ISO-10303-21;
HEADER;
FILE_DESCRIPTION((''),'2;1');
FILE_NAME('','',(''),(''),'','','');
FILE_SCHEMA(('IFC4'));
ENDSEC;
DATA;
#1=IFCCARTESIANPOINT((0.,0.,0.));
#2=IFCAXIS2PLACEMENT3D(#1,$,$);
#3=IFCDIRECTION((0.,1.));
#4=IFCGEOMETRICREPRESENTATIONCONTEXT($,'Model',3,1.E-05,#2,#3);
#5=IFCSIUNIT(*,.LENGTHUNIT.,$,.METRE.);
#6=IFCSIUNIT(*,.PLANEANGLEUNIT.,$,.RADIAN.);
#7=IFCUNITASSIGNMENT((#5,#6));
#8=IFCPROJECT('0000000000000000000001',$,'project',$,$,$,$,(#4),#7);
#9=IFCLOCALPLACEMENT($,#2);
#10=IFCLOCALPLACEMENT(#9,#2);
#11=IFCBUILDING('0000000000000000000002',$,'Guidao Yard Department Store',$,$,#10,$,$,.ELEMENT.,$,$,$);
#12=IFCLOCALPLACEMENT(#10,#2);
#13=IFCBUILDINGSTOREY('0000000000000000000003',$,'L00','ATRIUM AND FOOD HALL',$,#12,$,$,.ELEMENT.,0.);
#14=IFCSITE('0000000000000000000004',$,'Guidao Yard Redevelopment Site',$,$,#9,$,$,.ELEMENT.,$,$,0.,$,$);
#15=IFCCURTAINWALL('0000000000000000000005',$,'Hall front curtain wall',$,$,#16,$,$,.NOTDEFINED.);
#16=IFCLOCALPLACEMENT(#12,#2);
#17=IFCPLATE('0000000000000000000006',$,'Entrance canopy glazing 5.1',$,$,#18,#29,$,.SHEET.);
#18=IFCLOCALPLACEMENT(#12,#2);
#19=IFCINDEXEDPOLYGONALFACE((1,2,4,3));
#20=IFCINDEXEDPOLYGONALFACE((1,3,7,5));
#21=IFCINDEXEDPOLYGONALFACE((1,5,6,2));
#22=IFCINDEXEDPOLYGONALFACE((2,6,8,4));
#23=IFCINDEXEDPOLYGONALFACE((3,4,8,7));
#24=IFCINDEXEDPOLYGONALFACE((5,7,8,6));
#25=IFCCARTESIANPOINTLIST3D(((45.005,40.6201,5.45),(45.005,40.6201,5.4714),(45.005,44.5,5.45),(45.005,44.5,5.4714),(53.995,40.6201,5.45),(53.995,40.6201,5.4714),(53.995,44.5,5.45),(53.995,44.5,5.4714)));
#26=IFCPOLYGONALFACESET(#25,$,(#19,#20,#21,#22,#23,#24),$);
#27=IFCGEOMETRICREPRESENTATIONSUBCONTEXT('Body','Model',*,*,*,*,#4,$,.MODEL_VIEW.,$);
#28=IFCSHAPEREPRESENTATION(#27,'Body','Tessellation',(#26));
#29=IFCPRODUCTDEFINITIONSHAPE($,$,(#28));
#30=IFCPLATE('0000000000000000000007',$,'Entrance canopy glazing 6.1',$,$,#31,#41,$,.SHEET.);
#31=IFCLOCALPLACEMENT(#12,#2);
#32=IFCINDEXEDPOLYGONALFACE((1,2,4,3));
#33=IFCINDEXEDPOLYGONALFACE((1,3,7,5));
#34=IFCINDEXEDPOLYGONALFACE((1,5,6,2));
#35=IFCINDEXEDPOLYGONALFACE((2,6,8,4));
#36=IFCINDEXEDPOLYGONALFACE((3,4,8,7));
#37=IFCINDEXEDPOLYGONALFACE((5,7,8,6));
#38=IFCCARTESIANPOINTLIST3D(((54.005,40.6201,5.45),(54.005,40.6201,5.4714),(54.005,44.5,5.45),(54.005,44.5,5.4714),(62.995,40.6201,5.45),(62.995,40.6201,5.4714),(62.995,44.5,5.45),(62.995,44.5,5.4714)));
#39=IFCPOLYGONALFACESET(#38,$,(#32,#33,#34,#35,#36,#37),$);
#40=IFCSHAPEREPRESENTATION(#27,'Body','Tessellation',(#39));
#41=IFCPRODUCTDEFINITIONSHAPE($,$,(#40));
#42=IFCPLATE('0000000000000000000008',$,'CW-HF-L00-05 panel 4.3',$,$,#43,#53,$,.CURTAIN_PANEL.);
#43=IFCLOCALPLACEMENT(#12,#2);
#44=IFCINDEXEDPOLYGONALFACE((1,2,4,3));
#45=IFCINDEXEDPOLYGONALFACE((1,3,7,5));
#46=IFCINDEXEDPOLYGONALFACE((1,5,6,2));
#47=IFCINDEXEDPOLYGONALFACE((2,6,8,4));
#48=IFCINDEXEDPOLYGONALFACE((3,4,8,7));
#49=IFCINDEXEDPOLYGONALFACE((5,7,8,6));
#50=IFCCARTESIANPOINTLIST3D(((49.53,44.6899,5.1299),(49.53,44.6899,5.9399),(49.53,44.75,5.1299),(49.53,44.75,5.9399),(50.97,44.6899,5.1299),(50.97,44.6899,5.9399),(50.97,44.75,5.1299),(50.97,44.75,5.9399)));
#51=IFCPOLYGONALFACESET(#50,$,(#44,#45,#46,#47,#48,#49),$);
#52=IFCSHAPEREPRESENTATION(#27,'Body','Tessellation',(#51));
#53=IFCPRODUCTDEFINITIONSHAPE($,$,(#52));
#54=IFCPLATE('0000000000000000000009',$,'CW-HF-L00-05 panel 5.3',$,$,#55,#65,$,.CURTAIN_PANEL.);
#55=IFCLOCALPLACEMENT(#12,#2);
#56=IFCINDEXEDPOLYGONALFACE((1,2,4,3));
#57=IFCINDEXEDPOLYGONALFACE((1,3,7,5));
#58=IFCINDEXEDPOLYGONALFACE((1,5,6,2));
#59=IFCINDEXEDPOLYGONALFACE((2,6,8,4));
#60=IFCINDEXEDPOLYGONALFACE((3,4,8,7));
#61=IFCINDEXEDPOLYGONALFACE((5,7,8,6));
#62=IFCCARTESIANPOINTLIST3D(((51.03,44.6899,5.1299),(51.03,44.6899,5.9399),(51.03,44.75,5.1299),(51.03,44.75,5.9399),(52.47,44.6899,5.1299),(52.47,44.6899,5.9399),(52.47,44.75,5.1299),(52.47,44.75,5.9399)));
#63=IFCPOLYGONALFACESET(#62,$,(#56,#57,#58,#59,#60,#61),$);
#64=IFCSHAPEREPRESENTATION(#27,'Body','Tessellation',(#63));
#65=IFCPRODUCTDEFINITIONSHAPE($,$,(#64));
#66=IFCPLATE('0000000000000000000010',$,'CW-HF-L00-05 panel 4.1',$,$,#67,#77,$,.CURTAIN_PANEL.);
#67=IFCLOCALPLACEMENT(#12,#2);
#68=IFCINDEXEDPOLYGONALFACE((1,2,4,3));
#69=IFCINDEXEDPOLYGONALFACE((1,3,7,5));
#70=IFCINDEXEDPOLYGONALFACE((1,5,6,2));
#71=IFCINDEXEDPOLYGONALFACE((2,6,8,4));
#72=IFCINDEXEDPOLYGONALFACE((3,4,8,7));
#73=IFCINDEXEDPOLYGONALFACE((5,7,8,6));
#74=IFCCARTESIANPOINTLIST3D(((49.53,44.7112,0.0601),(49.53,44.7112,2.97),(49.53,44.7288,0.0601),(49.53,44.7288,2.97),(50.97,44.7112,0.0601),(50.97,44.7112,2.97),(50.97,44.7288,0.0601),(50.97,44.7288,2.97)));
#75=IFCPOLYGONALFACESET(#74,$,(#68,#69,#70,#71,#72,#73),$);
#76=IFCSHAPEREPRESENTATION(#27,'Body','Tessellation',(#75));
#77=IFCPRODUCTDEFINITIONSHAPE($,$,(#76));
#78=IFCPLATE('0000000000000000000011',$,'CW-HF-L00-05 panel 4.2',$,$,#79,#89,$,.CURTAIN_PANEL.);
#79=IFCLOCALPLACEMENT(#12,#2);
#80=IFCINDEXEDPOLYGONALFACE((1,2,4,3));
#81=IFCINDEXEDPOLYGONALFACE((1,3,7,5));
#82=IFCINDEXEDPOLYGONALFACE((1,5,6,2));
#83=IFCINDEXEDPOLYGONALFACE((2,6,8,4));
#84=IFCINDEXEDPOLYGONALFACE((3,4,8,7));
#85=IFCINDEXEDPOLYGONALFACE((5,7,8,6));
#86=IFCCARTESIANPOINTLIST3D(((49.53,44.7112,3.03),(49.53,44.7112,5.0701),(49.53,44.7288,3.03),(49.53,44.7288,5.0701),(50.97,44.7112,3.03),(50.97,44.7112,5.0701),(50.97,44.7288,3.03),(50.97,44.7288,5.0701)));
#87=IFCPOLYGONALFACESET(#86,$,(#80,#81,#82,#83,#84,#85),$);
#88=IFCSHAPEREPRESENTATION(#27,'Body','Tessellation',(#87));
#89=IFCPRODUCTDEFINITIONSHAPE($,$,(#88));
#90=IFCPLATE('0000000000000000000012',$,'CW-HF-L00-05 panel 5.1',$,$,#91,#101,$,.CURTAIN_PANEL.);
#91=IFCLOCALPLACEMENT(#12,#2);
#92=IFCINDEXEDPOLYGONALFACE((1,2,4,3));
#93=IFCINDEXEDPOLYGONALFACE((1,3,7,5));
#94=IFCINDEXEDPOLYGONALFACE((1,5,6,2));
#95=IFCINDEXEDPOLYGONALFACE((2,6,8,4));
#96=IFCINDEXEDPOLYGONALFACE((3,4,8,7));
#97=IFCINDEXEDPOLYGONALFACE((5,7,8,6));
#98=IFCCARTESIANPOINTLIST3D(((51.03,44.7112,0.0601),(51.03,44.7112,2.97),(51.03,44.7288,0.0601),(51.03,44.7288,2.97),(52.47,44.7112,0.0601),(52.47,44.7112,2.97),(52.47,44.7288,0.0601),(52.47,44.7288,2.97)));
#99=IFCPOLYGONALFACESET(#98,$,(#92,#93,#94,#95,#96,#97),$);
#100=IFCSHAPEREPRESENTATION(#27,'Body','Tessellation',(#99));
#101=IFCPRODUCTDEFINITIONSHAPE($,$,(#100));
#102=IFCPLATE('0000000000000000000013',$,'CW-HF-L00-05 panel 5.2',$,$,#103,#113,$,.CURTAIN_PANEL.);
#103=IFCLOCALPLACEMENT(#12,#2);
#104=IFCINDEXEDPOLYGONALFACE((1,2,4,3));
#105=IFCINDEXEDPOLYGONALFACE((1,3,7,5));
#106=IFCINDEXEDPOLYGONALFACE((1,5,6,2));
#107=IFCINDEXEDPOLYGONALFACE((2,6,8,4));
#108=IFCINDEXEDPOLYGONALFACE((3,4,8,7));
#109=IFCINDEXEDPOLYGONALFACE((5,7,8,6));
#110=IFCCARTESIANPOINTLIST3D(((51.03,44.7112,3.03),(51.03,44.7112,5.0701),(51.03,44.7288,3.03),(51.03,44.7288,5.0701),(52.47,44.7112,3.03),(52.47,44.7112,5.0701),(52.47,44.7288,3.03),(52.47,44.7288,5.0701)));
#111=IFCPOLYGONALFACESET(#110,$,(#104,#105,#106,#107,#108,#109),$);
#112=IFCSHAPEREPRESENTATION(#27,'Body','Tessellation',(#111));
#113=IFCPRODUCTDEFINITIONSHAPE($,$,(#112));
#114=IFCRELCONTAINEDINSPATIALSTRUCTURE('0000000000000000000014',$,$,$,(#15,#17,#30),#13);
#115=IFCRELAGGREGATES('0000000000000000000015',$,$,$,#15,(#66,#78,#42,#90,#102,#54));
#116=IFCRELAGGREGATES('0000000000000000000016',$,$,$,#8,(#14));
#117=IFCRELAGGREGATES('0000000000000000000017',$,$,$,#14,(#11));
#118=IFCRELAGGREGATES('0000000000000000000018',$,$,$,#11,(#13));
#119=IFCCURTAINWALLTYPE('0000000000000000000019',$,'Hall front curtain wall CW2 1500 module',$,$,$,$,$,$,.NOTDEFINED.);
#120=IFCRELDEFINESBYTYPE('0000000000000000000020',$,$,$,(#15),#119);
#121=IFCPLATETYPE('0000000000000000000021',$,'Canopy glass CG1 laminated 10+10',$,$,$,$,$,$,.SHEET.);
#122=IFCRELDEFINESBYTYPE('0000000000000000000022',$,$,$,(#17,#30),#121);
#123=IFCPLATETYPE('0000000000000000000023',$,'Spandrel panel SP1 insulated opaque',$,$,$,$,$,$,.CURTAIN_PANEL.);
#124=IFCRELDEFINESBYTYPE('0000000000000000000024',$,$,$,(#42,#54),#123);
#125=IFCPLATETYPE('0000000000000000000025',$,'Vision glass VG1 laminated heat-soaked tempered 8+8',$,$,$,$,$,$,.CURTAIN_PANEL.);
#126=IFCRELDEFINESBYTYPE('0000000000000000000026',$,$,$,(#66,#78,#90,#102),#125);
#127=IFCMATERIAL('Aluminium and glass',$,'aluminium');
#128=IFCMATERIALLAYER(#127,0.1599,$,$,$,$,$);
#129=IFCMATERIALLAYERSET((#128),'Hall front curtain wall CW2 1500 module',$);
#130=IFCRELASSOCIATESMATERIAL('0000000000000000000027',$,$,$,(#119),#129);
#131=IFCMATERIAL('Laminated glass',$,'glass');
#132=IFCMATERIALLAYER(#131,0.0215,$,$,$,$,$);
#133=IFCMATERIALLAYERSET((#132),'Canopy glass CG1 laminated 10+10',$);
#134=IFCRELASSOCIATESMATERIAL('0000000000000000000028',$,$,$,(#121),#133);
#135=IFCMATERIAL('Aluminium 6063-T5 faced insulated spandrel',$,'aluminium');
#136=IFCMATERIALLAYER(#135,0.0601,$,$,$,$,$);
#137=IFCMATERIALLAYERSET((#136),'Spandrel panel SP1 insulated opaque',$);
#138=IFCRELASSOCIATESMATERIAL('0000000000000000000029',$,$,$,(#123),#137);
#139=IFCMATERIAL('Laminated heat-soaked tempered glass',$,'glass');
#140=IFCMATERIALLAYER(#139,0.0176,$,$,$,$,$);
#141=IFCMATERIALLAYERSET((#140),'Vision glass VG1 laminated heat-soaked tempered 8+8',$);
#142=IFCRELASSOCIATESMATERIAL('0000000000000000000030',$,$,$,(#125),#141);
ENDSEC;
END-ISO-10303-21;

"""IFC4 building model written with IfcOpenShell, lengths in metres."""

from ifc_helpers import new_model, si_unit, direction, frame, origin, origin_2d, place, context, subcontext, project, spatial, rectangle, extrude, material, layer, layer_set, type_object, element, aggregate, save


model = new_model("IFC4")

# Units and contexts
model_context = context("Model", 3, precision=1e-05, world=origin(), true_north=direction((0.0, 1.0)))
body_context = subcontext(model_context, "Body", "Model", "MODEL_VIEW")
ifc_project = project(units=[si_unit("LENGTHUNIT", "METRE"), si_unit("PLANEANGLEUNIT", "RADIAN")], contexts=[model_context])

# Site, building, storey
site_placement = place(None, origin())
site = spatial("IfcSite", under=ifc_project, at=site_placement, Name="Guidao Yard Redevelopment Site", CompositionType="ELEMENT", RefElevation=0.0)
building_placement = place(site_placement, origin())
building = spatial("IfcBuilding", under=site, at=building_placement, Name="Guidao Yard Department Store", CompositionType="ELEMENT")
storey_placement = place(building_placement, origin())
storey = spatial("IfcBuildingStorey", under=building, at=storey_placement, Name="L00", Description="ATRIUM AND FOOD HALL", CompositionType="ELEMENT", Elevation=0.0)

# Curtain wall
ifc_material_1 = material(Name="Aluminium and glass", Category="aluminium")
ifc_layer_1 = layer(ifc_material_1, 0.1599)
ifc_layer_set_1 = layer_set([ifc_layer_1], Name="Hall front curtain wall CW2 1500 module")
curtain_wall_type = type_object("IfcCurtainWallType", Name="Hall front curtain wall CW2 1500 module", PredefinedType="NOTDEFINED", material=ifc_layer_set_1)
curtain_wall_placement = place(storey_placement, origin())
curtain_wall = element("IfcCurtainWall", 1, at=curtain_wall_placement, inside=storey, type_object=curtain_wall_type, Name="Hall front curtain wall", PredefinedType="NOTDEFINED")

# Plates
ifc_material_2 = material(Name="Laminated glass", Category="glass")
ifc_layer_2 = layer(ifc_material_2, 0.0215)
ifc_layer_set_2 = layer_set([ifc_layer_2], Name="Canopy glass CG1 laminated 10+10")
plate_type_1 = type_object("IfcPlateType", Name="Canopy glass CG1 laminated 10+10", PredefinedType="SHEET", material=ifc_layer_set_2)
for number, where, z_axis, x_axis, name in (
    (2, (49.5, 42.5601, 5.45), (0.0, 0.0, 1.0), (1.0, 0.0, 0.0), "Entrance canopy glazing 5.1"),
    (3, (58.5, 42.5601, 5.45), (0.0, 0.0, 1.0), (1.0, 0.0, 0.0), "Entrance canopy glazing 6.1"),
):
    element("IfcPlate", number, at=place(storey_placement, frame(where, z_axis=z_axis, x_axis=x_axis)), inside=storey, type_object=plate_type_1, Name=name, PredefinedType="SHEET", context=body_context, shape_type="SweptSolid", body=[
        extrude(rectangle(XDim=8.99, YDim=3.8799, at=origin_2d()), origin(), (0.0, 0.0, 1.0), 0.0215),
    ])

# Plates
ifc_material_3 = material(Name="Aluminium 6063-T5 faced insulated spandrel", Category="aluminium")
ifc_layer_3 = layer(ifc_material_3, 0.0601)
ifc_layer_set_3 = layer_set([ifc_layer_3], Name="Spandrel panel SP1 insulated opaque")
plate_type_2 = type_object("IfcPlateType", Name="Spandrel panel SP1 insulated opaque", PredefinedType="CURTAIN_PANEL", material=ifc_layer_set_3)
plate_1_placement = place(storey_placement, frame((50.25, 44.72, 5.1299), z_axis=(0.0, 0.0, 1.0), x_axis=(-1.0, 0.0, 0.0)))
plate_1 = element("IfcPlate", 4, at=plate_1_placement, type_object=plate_type_2, Name="CW-HF-L00-05 panel 4.3", PredefinedType="CURTAIN_PANEL", context=body_context, shape_type="SweptSolid", body=[
    extrude(rectangle(XDim=1.4399, YDim=0.0601, at=origin_2d()), origin(), (0.0, 0.0, 1.0), 0.8101),
])
plate_2_placement = place(storey_placement, frame((51.75, 44.72, 5.1299), z_axis=(0.0, 0.0, 1.0), x_axis=(-1.0, 0.0, 0.0)))
plate_2 = element("IfcPlate", 5, at=plate_2_placement, type_object=plate_type_2, Name="CW-HF-L00-05 panel 5.3", PredefinedType="CURTAIN_PANEL", context=body_context, shape_type="SweptSolid", body=[
    extrude(rectangle(XDim=1.4399, YDim=0.0601, at=origin_2d()), origin(), (0.0, 0.0, 1.0), 0.8101),
])
ifc_material_4 = material(Name="Laminated heat-soaked tempered glass", Category="glass")
ifc_layer_4 = layer(ifc_material_4, 0.0176)
ifc_layer_set_4 = layer_set([ifc_layer_4], Name="Vision glass VG1 laminated heat-soaked tempered 8+8")
plate_type_3 = type_object("IfcPlateType", Name="Vision glass VG1 laminated heat-soaked tempered 8+8", PredefinedType="CURTAIN_PANEL", material=ifc_layer_set_4)
plate_3_placement = place(storey_placement, frame((50.25, 44.72, 0.0601), z_axis=(0.0, 0.0, 1.0), x_axis=(-1.0, 0.0, 0.0)))
plate_3 = element("IfcPlate", 6, at=plate_3_placement, type_object=plate_type_3, Name="CW-HF-L00-05 panel 4.1", PredefinedType="CURTAIN_PANEL", context=body_context, shape_type="SweptSolid", body=[
    extrude(rectangle(XDim=1.4399, YDim=0.0176, at=origin_2d()), origin(), (0.0, 0.0, 1.0), 2.9099),
])
plate_4_placement = place(storey_placement, frame((50.25, 44.72, 3.03), z_axis=(0.0, 0.0, 1.0), x_axis=(-1.0, 0.0, 0.0)))
plate_4 = element("IfcPlate", 7, at=plate_4_placement, type_object=plate_type_3, Name="CW-HF-L00-05 panel 4.2", PredefinedType="CURTAIN_PANEL", context=body_context, shape_type="SweptSolid", body=[
    extrude(rectangle(XDim=1.4399, YDim=0.0176, at=origin_2d()), origin(), (0.0, 0.0, 1.0), 2.04),
])
plate_5_placement = place(storey_placement, frame((51.75, 44.72, 0.0601), z_axis=(0.0, 0.0, 1.0), x_axis=(-1.0, 0.0, 0.0)))
plate_5 = element("IfcPlate", 8, at=plate_5_placement, type_object=plate_type_3, Name="CW-HF-L00-05 panel 5.1", PredefinedType="CURTAIN_PANEL", context=body_context, shape_type="SweptSolid", body=[
    extrude(rectangle(XDim=1.4399, YDim=0.0176, at=origin_2d()), origin(), (0.0, 0.0, 1.0), 2.9099),
])
plate_6_placement = place(storey_placement, frame((51.75, 44.72, 3.03), z_axis=(0.0, 0.0, 1.0), x_axis=(-1.0, 0.0, 0.0)))
plate_6 = element("IfcPlate", 9, at=plate_6_placement, type_object=plate_type_3, Name="CW-HF-L00-05 panel 5.2", PredefinedType="CURTAIN_PANEL", context=body_context, shape_type="SweptSolid", body=[
    extrude(rectangle(XDim=1.4399, YDim=0.0176, at=origin_2d()), origin(), (0.0, 0.0, 1.0), 2.04),
])
aggregate(curtain_wall, [plate_3, plate_4, plate_1, plate_5, plate_6, plate_2])

save(model, "model.ifc")
